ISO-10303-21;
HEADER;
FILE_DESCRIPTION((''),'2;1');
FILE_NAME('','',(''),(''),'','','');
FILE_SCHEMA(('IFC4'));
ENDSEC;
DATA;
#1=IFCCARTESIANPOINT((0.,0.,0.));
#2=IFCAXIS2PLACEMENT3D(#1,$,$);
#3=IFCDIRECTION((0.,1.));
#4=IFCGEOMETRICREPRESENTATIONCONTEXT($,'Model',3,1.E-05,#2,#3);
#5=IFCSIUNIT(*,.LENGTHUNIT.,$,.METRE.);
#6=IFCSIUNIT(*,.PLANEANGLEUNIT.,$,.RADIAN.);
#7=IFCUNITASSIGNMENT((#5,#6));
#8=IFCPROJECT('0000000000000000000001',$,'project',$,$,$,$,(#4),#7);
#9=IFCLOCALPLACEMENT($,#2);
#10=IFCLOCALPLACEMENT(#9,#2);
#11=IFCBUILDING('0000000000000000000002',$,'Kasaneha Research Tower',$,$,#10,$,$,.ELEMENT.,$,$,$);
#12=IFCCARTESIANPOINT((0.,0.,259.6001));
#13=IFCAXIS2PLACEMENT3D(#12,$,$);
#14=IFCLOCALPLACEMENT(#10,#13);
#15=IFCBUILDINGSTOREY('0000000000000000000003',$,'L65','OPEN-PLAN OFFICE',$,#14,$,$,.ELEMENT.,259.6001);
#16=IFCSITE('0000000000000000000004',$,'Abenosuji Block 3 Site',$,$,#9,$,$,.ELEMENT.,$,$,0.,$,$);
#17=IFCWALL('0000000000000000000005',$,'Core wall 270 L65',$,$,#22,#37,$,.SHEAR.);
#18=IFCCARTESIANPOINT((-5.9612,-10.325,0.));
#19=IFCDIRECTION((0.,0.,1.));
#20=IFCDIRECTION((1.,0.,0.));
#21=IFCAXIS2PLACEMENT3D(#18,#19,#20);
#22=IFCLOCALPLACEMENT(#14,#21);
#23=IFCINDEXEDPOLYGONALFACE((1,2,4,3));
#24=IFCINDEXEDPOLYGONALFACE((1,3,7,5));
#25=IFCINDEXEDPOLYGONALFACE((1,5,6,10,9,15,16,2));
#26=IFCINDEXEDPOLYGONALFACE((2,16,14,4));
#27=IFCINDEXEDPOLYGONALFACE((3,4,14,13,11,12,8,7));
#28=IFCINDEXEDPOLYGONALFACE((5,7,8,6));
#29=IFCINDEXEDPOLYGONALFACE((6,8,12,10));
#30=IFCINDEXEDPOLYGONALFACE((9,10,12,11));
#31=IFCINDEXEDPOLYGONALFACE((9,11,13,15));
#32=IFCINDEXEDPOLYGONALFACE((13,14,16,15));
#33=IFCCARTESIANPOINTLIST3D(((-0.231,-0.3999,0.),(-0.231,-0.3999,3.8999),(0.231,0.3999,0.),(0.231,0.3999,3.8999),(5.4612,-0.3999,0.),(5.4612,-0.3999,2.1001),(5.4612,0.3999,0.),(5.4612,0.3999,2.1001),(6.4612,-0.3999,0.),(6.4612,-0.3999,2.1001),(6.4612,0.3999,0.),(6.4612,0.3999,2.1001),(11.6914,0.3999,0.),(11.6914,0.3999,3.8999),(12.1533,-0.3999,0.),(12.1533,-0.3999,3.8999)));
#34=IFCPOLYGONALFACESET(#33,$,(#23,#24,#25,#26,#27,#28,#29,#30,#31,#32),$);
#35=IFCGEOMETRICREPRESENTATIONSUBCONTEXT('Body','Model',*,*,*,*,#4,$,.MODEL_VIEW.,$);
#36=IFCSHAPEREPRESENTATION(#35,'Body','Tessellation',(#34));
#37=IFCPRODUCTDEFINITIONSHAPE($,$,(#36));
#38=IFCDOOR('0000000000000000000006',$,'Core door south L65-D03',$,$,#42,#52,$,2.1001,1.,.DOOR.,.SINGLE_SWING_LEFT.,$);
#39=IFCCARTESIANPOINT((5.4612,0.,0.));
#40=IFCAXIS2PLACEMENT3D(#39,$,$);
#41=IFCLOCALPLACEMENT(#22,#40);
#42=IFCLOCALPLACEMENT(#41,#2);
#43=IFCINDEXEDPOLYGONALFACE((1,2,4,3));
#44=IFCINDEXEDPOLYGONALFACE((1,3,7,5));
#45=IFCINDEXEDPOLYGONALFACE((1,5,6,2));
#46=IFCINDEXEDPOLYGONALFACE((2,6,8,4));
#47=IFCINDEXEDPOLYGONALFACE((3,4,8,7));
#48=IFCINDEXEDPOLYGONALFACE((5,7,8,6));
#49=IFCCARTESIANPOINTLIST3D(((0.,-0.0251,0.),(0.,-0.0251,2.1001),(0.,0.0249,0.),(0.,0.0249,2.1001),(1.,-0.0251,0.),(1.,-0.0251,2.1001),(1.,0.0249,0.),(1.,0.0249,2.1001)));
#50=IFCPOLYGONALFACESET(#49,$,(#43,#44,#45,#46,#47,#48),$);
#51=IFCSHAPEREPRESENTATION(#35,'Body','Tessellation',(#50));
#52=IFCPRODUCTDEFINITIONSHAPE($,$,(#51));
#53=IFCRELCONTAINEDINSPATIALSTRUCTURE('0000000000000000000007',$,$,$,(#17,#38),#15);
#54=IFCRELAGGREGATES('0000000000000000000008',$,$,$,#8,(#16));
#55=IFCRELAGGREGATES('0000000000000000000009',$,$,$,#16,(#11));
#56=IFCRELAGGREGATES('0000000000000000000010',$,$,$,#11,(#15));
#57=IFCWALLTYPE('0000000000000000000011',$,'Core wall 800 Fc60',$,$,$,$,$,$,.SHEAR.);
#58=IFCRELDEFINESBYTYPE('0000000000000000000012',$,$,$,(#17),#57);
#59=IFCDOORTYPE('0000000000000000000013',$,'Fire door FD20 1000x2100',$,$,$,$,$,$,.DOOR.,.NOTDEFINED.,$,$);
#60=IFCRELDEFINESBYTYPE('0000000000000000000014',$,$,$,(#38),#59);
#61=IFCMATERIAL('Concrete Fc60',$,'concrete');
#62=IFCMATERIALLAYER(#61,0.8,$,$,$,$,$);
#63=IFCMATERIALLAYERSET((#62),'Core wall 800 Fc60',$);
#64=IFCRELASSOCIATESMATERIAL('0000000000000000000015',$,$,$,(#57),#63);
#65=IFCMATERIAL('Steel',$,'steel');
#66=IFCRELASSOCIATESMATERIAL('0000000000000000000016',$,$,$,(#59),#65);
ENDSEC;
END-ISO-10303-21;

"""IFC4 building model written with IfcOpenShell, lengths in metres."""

from ifc_helpers import new_model, si_unit, direction, frame, frame_2d, origin, place, context, subcontext, project, spatial, polyline, rectangle, outline, extrude, material, layer, layer_set, type_object, element, fill, save


model = new_model("IFC4")

# Units and contexts
model_context = context("Model", 3, precision=1e-05, world=origin(), true_north=direction((0.0, 1.0)))
body_context = subcontext(model_context, "Body", "Model", "MODEL_VIEW")
ifc_project = project(units=[si_unit("LENGTHUNIT", "METRE"), si_unit("PLANEANGLEUNIT", "RADIAN")], contexts=[model_context])

# Site, building, storey
site_placement = place(None, origin())
site = spatial("IfcSite", under=ifc_project, at=site_placement, Name="Abenosuji Block 3 Site", CompositionType="ELEMENT", RefElevation=0.0)
building_placement = place(site_placement, origin())
building = spatial("IfcBuilding", under=site, at=building_placement, Name="Kasaneha Research Tower", CompositionType="ELEMENT")
storey_placement = place(building_placement, frame((0.0, 0.0, 259.6001)))
storey = spatial("IfcBuildingStorey", under=building, at=storey_placement, Name="L65", Description="OPEN-PLAN OFFICE", CompositionType="ELEMENT", Elevation=259.6001)

# Wall, opening, door
ifc_material_1 = material(Name="Concrete Fc60", Category="concrete")
ifc_layer_1 = layer(ifc_material_1, 0.8)
ifc_layer_set_1 = layer_set([ifc_layer_1], Name="Core wall 800 Fc60")
wall_type_1 = type_object("IfcWallType", Name="Core wall 800 Fc60", PredefinedType="SHEAR", material=ifc_layer_set_1)
wall_1_placement = place(storey_placement, frame((-5.9612, -10.325, 0.0), z_axis=(0.0, 0.0, 1.0), x_axis=(1.0, 0.0, 0.0)))
wall_1 = element("IfcWall", 1, at=wall_1_placement, inside=storey, type_object=wall_type_1, Name="Core wall 270 L65", PredefinedType="SHEAR", context=body_context, shape_type="SweptSolid", body=[
    extrude(outline(polyline([(-0.231, -0.3999), (5.4612, -0.3999), (6.4612, -0.3999), (12.1533, -0.3999), (11.6914, 0.3999), (6.4612, 0.3999), (5.4612, 0.3999), (0.231, 0.3999), (-0.231, -0.3999)])), origin(), (0.0, 0.0, 1.0), 3.8999),
])
opening_1_placement = place(wall_1_placement, frame((5.4612, 0.0, 0.0)))
opening_1 = element("IfcOpeningElement", 2, at=opening_1_placement, cuts=wall_1, PredefinedType="OPENING", context=body_context, shape_type="SweptSolid", body=[
    extrude(rectangle(XDim=1.0, YDim=2.1001, at=frame_2d((0.5, 1.05))), frame((0.0, 0.4102, 0.0), z_axis=(0.0, -1.0, 0.0), x_axis=(1.0, 0.0, 0.0)), (0.0, 0.0, 1.0), 0.8201),
])
ifc_material_2 = material(Name="Steel", Category="steel")
door_type_1 = type_object("IfcDoorType", Name="Fire door FD20 1000x2100", OperationType="NOTDEFINED", PredefinedType="DOOR", material=ifc_material_2)
door_1_placement = place(opening_1_placement, origin())
door_1 = element("IfcDoor", 3, at=door_1_placement, inside=storey, type_object=door_type_1, Name="Core door south L65-D03", OperationType="SINGLE_SWING_LEFT", OverallHeight=2.1001, OverallWidth=1.0, PredefinedType="DOOR", context=body_context, shape_type="SweptSolid", body=[
    extrude(rectangle(XDim=1.0, YDim=2.1001, at=frame_2d((0.5, 1.05))), frame((0.0, 0.0249, 0.0), z_axis=(0.0, -1.0, 0.0), x_axis=(1.0, 0.0, 0.0)), (0.0, 0.0, 1.0), 0.05),
])
fill(opening_1, door_1)

save(model, "model.ifc")
